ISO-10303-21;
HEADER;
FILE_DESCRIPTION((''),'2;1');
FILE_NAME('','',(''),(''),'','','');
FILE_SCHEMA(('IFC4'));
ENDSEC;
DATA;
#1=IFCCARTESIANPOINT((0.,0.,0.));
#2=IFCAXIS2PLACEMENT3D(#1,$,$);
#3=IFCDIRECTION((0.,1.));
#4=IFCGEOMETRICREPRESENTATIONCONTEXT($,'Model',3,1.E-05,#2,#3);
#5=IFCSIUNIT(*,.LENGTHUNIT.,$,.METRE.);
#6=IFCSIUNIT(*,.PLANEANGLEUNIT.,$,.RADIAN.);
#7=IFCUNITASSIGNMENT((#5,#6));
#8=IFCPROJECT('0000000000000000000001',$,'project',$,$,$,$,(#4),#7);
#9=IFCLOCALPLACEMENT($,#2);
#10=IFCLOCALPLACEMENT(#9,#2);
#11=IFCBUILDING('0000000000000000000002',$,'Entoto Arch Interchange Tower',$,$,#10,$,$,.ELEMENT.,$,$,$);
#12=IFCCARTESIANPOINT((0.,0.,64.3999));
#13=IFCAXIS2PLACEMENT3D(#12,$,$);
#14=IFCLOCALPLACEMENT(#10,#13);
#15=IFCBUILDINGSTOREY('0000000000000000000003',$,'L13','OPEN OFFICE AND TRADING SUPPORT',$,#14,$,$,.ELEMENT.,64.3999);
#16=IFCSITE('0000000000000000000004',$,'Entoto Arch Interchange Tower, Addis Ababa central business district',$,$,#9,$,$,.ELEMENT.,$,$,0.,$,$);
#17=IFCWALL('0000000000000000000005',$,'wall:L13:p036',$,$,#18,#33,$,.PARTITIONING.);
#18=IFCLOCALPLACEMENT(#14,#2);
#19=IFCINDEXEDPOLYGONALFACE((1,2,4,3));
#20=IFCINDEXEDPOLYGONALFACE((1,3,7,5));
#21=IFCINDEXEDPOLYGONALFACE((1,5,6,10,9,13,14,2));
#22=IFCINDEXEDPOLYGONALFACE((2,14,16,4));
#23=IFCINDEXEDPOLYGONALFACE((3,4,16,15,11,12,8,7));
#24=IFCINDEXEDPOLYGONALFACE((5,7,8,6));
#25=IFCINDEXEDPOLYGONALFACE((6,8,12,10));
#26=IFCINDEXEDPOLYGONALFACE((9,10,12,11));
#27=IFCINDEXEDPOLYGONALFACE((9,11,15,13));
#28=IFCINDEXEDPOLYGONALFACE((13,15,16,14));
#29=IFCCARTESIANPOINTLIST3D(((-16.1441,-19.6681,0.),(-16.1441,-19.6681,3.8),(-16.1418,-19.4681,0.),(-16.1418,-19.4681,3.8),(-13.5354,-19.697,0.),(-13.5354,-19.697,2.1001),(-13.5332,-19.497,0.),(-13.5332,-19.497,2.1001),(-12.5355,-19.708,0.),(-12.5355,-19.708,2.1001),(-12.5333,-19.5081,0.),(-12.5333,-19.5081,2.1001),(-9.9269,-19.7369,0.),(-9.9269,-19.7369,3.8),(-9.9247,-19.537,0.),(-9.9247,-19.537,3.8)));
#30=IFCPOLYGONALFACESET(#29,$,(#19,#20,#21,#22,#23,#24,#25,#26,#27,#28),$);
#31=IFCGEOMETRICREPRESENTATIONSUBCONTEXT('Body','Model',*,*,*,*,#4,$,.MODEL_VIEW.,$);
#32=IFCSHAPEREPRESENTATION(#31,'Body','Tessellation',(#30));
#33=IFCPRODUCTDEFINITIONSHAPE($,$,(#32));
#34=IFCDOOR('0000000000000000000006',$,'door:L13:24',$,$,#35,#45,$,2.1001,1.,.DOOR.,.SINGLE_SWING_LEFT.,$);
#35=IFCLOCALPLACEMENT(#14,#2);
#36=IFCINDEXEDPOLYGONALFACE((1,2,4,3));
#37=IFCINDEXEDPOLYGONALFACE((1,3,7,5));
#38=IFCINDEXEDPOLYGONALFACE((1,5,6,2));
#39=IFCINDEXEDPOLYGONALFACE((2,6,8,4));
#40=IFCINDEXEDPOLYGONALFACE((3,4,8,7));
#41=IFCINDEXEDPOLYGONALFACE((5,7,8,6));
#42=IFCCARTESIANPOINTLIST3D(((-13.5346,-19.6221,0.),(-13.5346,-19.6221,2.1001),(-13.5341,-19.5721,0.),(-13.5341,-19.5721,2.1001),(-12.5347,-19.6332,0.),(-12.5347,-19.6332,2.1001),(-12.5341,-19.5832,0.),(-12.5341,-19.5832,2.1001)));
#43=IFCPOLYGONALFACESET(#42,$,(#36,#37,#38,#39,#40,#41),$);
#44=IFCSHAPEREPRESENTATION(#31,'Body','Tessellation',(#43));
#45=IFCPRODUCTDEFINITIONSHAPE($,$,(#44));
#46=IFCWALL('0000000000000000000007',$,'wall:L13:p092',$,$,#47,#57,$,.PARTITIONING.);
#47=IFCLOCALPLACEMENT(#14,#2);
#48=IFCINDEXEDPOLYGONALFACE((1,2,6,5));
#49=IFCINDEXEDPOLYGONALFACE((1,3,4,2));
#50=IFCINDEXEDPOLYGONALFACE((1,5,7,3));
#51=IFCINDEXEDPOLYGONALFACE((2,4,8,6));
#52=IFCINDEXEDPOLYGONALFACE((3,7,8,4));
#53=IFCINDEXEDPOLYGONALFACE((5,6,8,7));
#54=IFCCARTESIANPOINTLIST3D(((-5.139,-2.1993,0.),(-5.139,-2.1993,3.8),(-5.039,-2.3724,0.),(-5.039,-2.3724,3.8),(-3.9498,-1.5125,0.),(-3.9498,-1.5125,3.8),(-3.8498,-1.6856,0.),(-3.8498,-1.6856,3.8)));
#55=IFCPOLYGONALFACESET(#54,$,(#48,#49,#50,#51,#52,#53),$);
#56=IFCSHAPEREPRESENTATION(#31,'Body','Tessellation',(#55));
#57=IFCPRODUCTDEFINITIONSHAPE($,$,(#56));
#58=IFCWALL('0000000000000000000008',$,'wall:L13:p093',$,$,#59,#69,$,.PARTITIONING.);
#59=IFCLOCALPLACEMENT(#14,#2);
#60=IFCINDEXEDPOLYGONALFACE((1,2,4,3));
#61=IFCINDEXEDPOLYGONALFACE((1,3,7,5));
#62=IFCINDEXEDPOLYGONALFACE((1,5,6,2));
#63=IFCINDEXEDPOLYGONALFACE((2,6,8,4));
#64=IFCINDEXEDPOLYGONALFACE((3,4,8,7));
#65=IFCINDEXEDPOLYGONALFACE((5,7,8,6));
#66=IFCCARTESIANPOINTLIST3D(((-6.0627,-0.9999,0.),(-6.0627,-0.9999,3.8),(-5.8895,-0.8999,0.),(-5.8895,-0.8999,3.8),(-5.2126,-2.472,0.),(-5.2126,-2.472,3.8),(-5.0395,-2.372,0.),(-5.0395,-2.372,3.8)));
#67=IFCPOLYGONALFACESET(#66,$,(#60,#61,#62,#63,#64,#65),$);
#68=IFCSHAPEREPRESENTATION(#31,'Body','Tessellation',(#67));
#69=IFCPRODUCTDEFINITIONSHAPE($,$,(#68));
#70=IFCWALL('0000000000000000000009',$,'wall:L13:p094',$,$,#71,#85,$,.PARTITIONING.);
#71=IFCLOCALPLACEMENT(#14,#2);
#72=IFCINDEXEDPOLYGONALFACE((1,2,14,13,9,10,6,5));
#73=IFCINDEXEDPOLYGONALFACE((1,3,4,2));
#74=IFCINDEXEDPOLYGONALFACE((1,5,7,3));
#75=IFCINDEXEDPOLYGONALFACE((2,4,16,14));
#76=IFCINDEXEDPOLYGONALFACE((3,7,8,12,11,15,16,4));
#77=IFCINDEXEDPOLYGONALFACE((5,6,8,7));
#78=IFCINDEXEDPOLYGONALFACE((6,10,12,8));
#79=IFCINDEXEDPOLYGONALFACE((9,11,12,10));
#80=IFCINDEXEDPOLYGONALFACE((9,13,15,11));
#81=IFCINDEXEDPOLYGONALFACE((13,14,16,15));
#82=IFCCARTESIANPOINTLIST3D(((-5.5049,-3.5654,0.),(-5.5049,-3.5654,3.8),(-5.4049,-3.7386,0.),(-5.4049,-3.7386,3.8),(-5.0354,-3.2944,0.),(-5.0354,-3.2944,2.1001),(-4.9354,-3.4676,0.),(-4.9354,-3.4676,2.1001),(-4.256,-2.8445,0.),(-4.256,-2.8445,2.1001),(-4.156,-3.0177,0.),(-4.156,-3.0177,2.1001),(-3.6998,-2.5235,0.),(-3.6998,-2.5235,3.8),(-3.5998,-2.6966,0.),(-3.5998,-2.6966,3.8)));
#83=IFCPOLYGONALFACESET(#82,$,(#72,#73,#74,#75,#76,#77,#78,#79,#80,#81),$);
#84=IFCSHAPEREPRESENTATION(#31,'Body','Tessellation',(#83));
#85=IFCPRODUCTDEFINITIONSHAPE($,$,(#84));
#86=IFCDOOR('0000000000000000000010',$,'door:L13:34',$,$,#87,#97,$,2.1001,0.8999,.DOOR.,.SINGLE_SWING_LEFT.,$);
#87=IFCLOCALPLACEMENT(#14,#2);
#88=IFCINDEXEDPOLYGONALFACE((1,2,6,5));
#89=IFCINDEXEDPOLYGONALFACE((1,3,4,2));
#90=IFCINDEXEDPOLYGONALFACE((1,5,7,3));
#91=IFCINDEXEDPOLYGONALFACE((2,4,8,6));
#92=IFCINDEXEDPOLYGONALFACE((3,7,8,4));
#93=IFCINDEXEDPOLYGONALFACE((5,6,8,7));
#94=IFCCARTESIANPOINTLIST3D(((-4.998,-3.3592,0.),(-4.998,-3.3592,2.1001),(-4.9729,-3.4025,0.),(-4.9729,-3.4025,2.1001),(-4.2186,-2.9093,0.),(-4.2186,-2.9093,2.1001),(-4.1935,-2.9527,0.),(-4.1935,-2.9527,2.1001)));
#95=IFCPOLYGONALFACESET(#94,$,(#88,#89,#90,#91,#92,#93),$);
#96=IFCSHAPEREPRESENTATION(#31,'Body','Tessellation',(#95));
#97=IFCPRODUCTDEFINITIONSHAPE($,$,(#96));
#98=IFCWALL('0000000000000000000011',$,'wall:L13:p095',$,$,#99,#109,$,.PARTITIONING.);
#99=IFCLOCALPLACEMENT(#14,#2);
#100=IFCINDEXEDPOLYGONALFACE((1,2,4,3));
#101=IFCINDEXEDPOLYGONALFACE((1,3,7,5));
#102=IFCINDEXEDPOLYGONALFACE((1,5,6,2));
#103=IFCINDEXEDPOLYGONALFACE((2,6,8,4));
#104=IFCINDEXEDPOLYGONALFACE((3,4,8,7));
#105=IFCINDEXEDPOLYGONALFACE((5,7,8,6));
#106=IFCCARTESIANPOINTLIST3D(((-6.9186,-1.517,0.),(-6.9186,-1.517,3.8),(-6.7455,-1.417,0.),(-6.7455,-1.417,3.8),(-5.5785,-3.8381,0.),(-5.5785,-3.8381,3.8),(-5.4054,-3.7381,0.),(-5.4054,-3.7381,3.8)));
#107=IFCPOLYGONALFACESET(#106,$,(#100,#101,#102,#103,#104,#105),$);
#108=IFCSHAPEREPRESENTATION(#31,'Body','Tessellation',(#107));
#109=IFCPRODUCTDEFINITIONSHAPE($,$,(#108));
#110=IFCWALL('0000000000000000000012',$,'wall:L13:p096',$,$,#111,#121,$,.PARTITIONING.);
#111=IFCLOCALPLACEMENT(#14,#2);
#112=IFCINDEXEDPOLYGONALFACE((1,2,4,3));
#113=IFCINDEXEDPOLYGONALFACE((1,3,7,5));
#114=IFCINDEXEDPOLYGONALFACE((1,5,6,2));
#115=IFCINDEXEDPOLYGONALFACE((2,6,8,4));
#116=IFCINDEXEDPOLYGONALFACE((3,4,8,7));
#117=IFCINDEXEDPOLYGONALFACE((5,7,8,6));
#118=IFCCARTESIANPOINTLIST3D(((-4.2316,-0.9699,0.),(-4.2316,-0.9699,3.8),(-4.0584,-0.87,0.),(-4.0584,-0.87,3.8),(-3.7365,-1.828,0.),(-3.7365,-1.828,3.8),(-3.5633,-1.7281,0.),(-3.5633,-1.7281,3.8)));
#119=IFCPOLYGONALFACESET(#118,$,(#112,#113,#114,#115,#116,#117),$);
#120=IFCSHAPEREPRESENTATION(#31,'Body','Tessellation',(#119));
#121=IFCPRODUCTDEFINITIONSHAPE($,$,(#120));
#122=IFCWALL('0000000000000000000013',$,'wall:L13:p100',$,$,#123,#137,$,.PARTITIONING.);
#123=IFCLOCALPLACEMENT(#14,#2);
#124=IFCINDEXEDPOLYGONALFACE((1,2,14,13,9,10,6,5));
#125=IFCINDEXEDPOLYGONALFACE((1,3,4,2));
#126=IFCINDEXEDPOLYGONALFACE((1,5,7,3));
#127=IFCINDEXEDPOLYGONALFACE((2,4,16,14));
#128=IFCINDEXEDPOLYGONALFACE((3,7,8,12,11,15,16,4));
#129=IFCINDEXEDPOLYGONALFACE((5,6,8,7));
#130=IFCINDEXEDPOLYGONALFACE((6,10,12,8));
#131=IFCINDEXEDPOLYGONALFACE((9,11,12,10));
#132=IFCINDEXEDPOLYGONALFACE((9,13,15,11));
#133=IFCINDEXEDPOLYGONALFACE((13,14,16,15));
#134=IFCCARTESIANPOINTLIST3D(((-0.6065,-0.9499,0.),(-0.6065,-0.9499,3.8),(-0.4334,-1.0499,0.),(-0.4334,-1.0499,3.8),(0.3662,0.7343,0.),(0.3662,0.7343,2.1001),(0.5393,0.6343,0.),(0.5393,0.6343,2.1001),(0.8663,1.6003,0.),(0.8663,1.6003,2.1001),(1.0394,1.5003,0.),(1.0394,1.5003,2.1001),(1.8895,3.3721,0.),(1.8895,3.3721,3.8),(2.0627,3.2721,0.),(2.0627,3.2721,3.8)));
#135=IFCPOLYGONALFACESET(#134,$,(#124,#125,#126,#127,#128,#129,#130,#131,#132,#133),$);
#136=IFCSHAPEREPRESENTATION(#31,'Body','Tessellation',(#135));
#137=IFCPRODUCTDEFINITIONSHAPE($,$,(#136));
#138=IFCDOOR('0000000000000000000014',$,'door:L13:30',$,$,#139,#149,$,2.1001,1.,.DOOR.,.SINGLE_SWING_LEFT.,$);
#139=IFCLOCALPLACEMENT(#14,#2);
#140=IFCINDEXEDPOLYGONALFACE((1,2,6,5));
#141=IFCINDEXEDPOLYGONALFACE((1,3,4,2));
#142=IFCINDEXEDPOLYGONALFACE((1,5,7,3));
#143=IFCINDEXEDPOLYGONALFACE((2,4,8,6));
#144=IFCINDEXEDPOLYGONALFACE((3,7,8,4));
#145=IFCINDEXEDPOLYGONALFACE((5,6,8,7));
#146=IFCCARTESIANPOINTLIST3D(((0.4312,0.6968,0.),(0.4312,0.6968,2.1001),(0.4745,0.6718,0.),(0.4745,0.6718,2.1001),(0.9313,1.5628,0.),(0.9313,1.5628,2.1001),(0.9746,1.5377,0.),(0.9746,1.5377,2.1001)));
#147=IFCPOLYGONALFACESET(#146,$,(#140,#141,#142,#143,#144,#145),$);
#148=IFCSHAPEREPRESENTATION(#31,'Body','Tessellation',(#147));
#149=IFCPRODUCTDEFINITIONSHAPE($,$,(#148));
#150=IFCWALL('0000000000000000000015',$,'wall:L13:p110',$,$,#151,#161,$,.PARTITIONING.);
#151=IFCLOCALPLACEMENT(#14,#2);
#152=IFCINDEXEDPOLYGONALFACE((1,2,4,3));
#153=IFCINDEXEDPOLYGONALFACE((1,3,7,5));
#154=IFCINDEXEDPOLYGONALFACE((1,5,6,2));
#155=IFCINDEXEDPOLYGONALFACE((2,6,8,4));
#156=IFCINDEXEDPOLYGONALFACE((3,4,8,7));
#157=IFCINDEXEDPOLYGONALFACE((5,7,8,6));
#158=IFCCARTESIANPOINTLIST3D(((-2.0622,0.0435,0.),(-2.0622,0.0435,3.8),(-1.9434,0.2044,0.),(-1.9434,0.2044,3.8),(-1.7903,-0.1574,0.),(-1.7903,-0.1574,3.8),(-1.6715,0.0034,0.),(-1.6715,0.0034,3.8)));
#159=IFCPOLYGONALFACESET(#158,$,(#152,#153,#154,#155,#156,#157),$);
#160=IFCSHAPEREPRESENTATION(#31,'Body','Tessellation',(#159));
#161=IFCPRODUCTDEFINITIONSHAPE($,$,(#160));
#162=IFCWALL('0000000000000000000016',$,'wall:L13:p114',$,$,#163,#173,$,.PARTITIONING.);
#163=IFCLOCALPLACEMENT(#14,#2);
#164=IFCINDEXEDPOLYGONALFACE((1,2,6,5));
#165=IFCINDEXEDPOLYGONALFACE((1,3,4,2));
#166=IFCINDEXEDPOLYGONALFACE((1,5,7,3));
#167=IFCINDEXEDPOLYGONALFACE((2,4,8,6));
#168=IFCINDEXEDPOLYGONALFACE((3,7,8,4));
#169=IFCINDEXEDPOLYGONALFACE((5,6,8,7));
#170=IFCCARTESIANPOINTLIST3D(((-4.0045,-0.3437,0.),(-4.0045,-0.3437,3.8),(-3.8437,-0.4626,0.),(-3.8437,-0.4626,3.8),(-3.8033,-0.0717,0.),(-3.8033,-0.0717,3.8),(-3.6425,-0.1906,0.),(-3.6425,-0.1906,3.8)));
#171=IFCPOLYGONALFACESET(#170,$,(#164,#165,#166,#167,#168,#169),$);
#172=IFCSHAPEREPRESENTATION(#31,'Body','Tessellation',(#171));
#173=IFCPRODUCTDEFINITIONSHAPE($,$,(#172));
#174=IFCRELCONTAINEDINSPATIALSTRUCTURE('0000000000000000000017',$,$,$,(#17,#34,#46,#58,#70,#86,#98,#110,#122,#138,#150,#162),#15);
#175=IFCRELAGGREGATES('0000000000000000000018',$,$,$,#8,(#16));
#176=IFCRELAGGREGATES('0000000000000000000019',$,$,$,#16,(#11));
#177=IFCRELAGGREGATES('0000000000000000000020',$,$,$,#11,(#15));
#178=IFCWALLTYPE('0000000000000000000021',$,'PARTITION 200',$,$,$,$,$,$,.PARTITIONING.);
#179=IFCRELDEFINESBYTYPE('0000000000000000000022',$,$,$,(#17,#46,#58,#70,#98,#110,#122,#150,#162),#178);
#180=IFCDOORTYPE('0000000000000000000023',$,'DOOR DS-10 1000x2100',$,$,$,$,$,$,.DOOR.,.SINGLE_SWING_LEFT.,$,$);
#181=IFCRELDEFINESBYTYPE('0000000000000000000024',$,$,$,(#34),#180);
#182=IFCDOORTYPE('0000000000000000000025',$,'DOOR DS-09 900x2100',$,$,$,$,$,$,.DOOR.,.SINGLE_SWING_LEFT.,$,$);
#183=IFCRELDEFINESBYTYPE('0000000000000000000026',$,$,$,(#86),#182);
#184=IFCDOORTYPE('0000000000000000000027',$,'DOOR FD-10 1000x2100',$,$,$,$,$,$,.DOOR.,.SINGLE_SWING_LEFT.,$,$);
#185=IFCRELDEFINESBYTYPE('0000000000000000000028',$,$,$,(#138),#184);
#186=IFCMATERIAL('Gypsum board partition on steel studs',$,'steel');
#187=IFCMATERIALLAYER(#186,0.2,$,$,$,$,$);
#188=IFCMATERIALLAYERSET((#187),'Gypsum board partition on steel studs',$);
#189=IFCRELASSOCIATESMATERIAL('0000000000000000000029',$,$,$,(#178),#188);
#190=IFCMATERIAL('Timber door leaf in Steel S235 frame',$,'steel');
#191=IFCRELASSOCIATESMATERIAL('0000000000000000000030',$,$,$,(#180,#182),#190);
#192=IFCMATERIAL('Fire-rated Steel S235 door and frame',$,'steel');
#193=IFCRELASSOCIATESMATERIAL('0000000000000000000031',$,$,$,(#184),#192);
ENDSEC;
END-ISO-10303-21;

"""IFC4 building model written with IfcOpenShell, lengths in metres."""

from ifc_helpers import new_model, si_unit, direction, frame, frame_2d, origin, place, context, subcontext, project, spatial, rectangle, extrude, material, layer, layer_set, type_object, element, fill, save


model = new_model("IFC4")

# Units and contexts
model_context = context("Model", 3, precision=1e-05, world=origin(), true_north=direction((0.0, 1.0)))
body_context = subcontext(model_context, "Body", "Model", "MODEL_VIEW")
ifc_project = project(units=[si_unit("LENGTHUNIT", "METRE"), si_unit("PLANEANGLEUNIT", "RADIAN")], contexts=[model_context])

# Site, building, storey
site_placement = place(None, origin())
site = spatial("IfcSite", under=ifc_project, at=site_placement, Name="Entoto Arch Interchange Tower, Addis Ababa central business district", CompositionType="ELEMENT", RefElevation=0.0)
building_placement = place(site_placement, origin())
building = spatial("IfcBuilding", under=site, at=building_placement, Name="Entoto Arch Interchange Tower", CompositionType="ELEMENT")
storey_placement = place(building_placement, frame((0.0, 0.0, 64.3999)))
storey = spatial("IfcBuildingStorey", under=building, at=storey_placement, Name="L13", Description="OPEN OFFICE AND TRADING SUPPORT", CompositionType="ELEMENT", Elevation=64.3999)

# Shared definitions
ifc_material_1 = material(Name="Gypsum board partition on steel studs", Category="steel")
ifc_layer_1 = layer(ifc_material_1, 0.2)
ifc_layer_set_1 = layer_set([ifc_layer_1], Name="Gypsum board partition on steel studs")
wall_type_1 = type_object("IfcWallType", Name="PARTITION 200", PredefinedType="PARTITIONING", material=ifc_layer_set_1)

# Wall, opening, door
wall_1_placement = place(storey_placement, frame((-16.1431, -19.5681, 0.0), z_axis=(0.0, 0.0, 1.0), x_axis=(0.999939, -0.011073, 0.0)))
wall_1 = element("IfcWall", 1, at=wall_1_placement, inside=storey, type_object=wall_type_1, Name="wall:L13:p036", PredefinedType="PARTITIONING", context=body_context, shape_type="SweptSolid", body=[
    extrude(rectangle(XDim=6.2175, YDim=0.2, at=frame_2d((3.1089, 0.0))), origin(), (0.0, 0.0, 1.0), 3.8),
])
opening_1_placement = place(wall_1_placement, frame((2.6089, 0.0, 0.0)))
opening_1 = element("IfcOpeningElement", 2, at=opening_1_placement, cuts=wall_1, PredefinedType="OPENING", context=body_context, shape_type="SweptSolid", body=[
    extrude(rectangle(XDim=1.0, YDim=2.1001, at=frame_2d((0.5, 1.05))), frame((0.0, 0.1099, 0.0), z_axis=(0.0, -1.0, 0.0), x_axis=(1.0, 0.0, 0.0)), (0.0, 0.0, 1.0), 0.22),
])
ifc_material_2 = material(Name="Timber door leaf in Steel S235 frame", Category="steel")
door_type_1 = type_object("IfcDoorType", Name="DOOR DS-10 1000x2100", OperationType="SINGLE_SWING_LEFT", PredefinedType="DOOR", material=ifc_material_2)
door_1_placement = place(opening_1_placement, origin())
door_1 = element("IfcDoor", 3, at=door_1_placement, inside=storey, type_object=door_type_1, Name="door:L13:24", OperationType="SINGLE_SWING_LEFT", OverallHeight=2.1001, OverallWidth=1.0, PredefinedType="DOOR", context=body_context, shape_type="SweptSolid", body=[
    extrude(rectangle(XDim=1.0, YDim=2.1001, at=frame_2d((0.5, 1.05))), frame((0.0, 0.0249, 0.0), z_axis=(0.0, -1.0, 0.0), x_axis=(1.0, 0.0, 0.0)), (0.0, 0.0, 1.0), 0.05),
])
fill(opening_1, door_1)

# Walls
wall_2_placement = place(storey_placement, frame((-3.8999, -1.5991, 0.0), z_axis=(0.0, 0.0, 1.0), x_axis=(-0.865969, -0.500097, 0.0)))
element("IfcWall", 4, at=wall_2_placement, inside=storey, type_object=wall_type_1, Name="wall:L13:p092", PredefinedType="PARTITIONING", context=body_context, shape_type="SweptSolid", body=[
    extrude(rectangle(XDim=1.3733, YDim=0.2, at=frame_2d((0.6865, 0.0))), origin(), (0.0, 0.0, 1.0), 3.8),
])
wall_3_placement = place(storey_placement, frame((-5.126, -2.4221, 0.0), z_axis=(0.0, 0.0, 1.0), x_axis=(-0.500062, 0.865989, 0.0)))
element("IfcWall", 5, at=wall_3_placement, inside=storey, type_object=wall_type_1, Name="wall:L13:p093", PredefinedType="PARTITIONING", context=body_context, shape_type="SweptSolid", body=[
    extrude(rectangle(XDim=1.7, YDim=0.2, at=frame_2d((0.8501, 0.0))), origin(), (0.0, 0.0, 1.0), 3.8),
])

# Wall, opening, door
wall_4_placement = place(storey_placement, frame((-3.6499, -2.6101, 0.0), z_axis=(0.0, 0.0, 1.0), x_axis=(-0.866072, -0.499918, 0.0)))
wall_4 = element("IfcWall", 6, at=wall_4_placement, inside=storey, type_object=wall_type_1, Name="wall:L13:p094", PredefinedType="PARTITIONING", context=body_context, shape_type="SweptSolid", body=[
    extrude(rectangle(XDim=2.0842, YDim=0.2, at=frame_2d((1.042, 0.0))), origin(), (0.0, 0.0, 1.0), 3.8),
])
opening_2_placement = place(wall_4_placement, frame((0.6421, 0.0, 0.0)))
opening_2 = element("IfcOpeningElement", 7, at=opening_2_placement, cuts=wall_4, PredefinedType="OPENING", context=body_context, shape_type="SweptSolid", body=[
    extrude(rectangle(XDim=0.8999, YDim=2.1001, at=frame_2d((0.45, 1.05))), frame((0.0, 0.1099, 0.0), z_axis=(0.0, -1.0, 0.0), x_axis=(1.0, 0.0, 0.0)), (0.0, 0.0, 1.0), 0.22),
])
door_type_2 = type_object("IfcDoorType", Name="DOOR DS-09 900x2100", OperationType="SINGLE_SWING_LEFT", PredefinedType="DOOR", material=ifc_material_2)
door_2_placement = place(opening_2_placement, origin())
door_2 = element("IfcDoor", 8, at=door_2_placement, inside=storey, type_object=door_type_2, Name="door:L13:34", OperationType="SINGLE_SWING_LEFT", OverallHeight=2.1001, OverallWidth=0.8999, PredefinedType="DOOR", context=body_context, shape_type="SweptSolid", body=[
    extrude(rectangle(XDim=0.8999, YDim=2.1001, at=frame_2d((0.45, 1.05))), frame((0.0, 0.0249, 0.0), z_axis=(0.0, -1.0, 0.0), x_axis=(1.0, 0.0, 0.0)), (0.0, 0.0, 1.0), 0.05),
])
fill(opening_2, door_2)

# Walls
wall_5_placement = place(storey_placement, frame((-5.4919, -3.7881, 0.0), z_axis=(0.0, 0.0, 1.0), x_axis=(-0.500009, 0.86602, 0.0)))
element("IfcWall", 9, at=wall_5_placement, inside=storey, type_object=wall_type_1, Name="wall:L13:p095", PredefinedType="PARTITIONING", context=body_context, shape_type="SweptSolid", body=[
    extrude(rectangle(XDim=2.6802, YDim=0.2, at=frame_2d((1.3401, 0.0))), origin(), (0.0, 0.0, 1.0), 3.8),
])
wall_6_placement = place(storey_placement, frame((-4.145, -0.9199, 0.0), z_axis=(0.0, 0.0, 1.0), x_axis=(0.499744, -0.866173, 0.0)))
element("IfcWall", 10, at=wall_6_placement, inside=storey, type_object=wall_type_1, Name="wall:L13:p096", PredefinedType="PARTITIONING", context=body_context, shape_type="SweptSolid", body=[
    extrude(rectangle(XDim=0.9907, YDim=0.2, at=frame_2d((0.4954, 0.0))), origin(), (0.0, 0.0, 1.0), 3.8),
])

# Wall, opening, door
wall_7_placement = place(storey_placement, frame((-0.52, -1.0, 0.0), z_axis=(0.0, 0.0, 1.0), x_axis=(0.500116, 0.865958, 0.0)))
wall_7 = element("IfcWall", 11, at=wall_7_placement, inside=storey, type_object=wall_type_1, Name="wall:L13:p100", PredefinedType="PARTITIONING", context=body_context, shape_type="SweptSolid", body=[
    extrude(rectangle(XDim=4.991, YDim=0.2, at=frame_2d((2.4956, 0.0))), origin(), (0.0, 0.0, 1.0), 3.8),
])
opening_3_placement = place(wall_7_placement, frame((1.9451, 0.0, 0.0)))
opening_3 = element("IfcOpeningElement", 12, at=opening_3_placement, cuts=wall_7, PredefinedType="OPENING", context=body_context, shape_type="SweptSolid", body=[
    extrude(rectangle(XDim=1.0, YDim=2.1001, at=frame_2d((0.5, 1.05))), frame((0.0, 0.1099, 0.0), z_axis=(0.0, -1.0, 0.0), x_axis=(1.0, 0.0, 0.0)), (0.0, 0.0, 1.0), 0.22),
])
ifc_material_3 = material(Name="Fire-rated Steel S235 door and frame", Category="steel")
door_type_3 = type_object("IfcDoorType", Name="DOOR FD-10 1000x2100", OperationType="SINGLE_SWING_LEFT", PredefinedType="DOOR", material=ifc_material_3)
door_3_placement = place(opening_3_placement, origin())
door_3 = element("IfcDoor", 13, at=door_3_placement, inside=storey, type_object=door_type_3, Name="door:L13:30", OperationType="SINGLE_SWING_LEFT", OverallHeight=2.1001, OverallWidth=1.0, PredefinedType="DOOR", context=body_context, shape_type="SweptSolid", body=[
    extrude(rectangle(XDim=1.0, YDim=2.1001, at=frame_2d((0.5, 1.05))), frame((0.0, 0.0249, 0.0), z_axis=(0.0, -1.0, 0.0), x_axis=(1.0, 0.0, 0.0)), (0.0, 0.0, 1.0), 0.05),
])
fill(opening_3, door_3)

# Walls
wall_8_placement = place(storey_placement, frame((-1.731, -0.0769, 0.0), z_axis=(0.0, 0.0, 1.0), x_axis=(-0.804311, 0.594208, 0.0)))
element("IfcWall", 14, at=wall_8_placement, inside=storey, type_object=wall_type_1, Name="wall:L13:p110", PredefinedType="PARTITIONING", context=body_context, shape_type="SweptSolid", body=[
    extrude(rectangle(XDim=0.3381, YDim=0.2, at=frame_2d((0.1689, 0.0))), origin(), (0.0, 0.0, 1.0), 3.8),
])
wall_9_placement = place(storey_placement, frame((-3.7229, -0.1311, 0.0), z_axis=(0.0, 0.0, 1.0), x_axis=(-0.594675, -0.803966, 0.0)))
element("IfcWall", 15, at=wall_9_placement, inside=storey, type_object=wall_type_1, Name="wall:L13:p114", PredefinedType="PARTITIONING", context=body_context, shape_type="SweptSolid", body=[
    extrude(rectangle(XDim=0.3384, YDim=0.2, at=frame_2d((0.1692, 0.0))), origin(), (0.0, 0.0, 1.0), 3.8),
])

save(model, "model.ifc")
